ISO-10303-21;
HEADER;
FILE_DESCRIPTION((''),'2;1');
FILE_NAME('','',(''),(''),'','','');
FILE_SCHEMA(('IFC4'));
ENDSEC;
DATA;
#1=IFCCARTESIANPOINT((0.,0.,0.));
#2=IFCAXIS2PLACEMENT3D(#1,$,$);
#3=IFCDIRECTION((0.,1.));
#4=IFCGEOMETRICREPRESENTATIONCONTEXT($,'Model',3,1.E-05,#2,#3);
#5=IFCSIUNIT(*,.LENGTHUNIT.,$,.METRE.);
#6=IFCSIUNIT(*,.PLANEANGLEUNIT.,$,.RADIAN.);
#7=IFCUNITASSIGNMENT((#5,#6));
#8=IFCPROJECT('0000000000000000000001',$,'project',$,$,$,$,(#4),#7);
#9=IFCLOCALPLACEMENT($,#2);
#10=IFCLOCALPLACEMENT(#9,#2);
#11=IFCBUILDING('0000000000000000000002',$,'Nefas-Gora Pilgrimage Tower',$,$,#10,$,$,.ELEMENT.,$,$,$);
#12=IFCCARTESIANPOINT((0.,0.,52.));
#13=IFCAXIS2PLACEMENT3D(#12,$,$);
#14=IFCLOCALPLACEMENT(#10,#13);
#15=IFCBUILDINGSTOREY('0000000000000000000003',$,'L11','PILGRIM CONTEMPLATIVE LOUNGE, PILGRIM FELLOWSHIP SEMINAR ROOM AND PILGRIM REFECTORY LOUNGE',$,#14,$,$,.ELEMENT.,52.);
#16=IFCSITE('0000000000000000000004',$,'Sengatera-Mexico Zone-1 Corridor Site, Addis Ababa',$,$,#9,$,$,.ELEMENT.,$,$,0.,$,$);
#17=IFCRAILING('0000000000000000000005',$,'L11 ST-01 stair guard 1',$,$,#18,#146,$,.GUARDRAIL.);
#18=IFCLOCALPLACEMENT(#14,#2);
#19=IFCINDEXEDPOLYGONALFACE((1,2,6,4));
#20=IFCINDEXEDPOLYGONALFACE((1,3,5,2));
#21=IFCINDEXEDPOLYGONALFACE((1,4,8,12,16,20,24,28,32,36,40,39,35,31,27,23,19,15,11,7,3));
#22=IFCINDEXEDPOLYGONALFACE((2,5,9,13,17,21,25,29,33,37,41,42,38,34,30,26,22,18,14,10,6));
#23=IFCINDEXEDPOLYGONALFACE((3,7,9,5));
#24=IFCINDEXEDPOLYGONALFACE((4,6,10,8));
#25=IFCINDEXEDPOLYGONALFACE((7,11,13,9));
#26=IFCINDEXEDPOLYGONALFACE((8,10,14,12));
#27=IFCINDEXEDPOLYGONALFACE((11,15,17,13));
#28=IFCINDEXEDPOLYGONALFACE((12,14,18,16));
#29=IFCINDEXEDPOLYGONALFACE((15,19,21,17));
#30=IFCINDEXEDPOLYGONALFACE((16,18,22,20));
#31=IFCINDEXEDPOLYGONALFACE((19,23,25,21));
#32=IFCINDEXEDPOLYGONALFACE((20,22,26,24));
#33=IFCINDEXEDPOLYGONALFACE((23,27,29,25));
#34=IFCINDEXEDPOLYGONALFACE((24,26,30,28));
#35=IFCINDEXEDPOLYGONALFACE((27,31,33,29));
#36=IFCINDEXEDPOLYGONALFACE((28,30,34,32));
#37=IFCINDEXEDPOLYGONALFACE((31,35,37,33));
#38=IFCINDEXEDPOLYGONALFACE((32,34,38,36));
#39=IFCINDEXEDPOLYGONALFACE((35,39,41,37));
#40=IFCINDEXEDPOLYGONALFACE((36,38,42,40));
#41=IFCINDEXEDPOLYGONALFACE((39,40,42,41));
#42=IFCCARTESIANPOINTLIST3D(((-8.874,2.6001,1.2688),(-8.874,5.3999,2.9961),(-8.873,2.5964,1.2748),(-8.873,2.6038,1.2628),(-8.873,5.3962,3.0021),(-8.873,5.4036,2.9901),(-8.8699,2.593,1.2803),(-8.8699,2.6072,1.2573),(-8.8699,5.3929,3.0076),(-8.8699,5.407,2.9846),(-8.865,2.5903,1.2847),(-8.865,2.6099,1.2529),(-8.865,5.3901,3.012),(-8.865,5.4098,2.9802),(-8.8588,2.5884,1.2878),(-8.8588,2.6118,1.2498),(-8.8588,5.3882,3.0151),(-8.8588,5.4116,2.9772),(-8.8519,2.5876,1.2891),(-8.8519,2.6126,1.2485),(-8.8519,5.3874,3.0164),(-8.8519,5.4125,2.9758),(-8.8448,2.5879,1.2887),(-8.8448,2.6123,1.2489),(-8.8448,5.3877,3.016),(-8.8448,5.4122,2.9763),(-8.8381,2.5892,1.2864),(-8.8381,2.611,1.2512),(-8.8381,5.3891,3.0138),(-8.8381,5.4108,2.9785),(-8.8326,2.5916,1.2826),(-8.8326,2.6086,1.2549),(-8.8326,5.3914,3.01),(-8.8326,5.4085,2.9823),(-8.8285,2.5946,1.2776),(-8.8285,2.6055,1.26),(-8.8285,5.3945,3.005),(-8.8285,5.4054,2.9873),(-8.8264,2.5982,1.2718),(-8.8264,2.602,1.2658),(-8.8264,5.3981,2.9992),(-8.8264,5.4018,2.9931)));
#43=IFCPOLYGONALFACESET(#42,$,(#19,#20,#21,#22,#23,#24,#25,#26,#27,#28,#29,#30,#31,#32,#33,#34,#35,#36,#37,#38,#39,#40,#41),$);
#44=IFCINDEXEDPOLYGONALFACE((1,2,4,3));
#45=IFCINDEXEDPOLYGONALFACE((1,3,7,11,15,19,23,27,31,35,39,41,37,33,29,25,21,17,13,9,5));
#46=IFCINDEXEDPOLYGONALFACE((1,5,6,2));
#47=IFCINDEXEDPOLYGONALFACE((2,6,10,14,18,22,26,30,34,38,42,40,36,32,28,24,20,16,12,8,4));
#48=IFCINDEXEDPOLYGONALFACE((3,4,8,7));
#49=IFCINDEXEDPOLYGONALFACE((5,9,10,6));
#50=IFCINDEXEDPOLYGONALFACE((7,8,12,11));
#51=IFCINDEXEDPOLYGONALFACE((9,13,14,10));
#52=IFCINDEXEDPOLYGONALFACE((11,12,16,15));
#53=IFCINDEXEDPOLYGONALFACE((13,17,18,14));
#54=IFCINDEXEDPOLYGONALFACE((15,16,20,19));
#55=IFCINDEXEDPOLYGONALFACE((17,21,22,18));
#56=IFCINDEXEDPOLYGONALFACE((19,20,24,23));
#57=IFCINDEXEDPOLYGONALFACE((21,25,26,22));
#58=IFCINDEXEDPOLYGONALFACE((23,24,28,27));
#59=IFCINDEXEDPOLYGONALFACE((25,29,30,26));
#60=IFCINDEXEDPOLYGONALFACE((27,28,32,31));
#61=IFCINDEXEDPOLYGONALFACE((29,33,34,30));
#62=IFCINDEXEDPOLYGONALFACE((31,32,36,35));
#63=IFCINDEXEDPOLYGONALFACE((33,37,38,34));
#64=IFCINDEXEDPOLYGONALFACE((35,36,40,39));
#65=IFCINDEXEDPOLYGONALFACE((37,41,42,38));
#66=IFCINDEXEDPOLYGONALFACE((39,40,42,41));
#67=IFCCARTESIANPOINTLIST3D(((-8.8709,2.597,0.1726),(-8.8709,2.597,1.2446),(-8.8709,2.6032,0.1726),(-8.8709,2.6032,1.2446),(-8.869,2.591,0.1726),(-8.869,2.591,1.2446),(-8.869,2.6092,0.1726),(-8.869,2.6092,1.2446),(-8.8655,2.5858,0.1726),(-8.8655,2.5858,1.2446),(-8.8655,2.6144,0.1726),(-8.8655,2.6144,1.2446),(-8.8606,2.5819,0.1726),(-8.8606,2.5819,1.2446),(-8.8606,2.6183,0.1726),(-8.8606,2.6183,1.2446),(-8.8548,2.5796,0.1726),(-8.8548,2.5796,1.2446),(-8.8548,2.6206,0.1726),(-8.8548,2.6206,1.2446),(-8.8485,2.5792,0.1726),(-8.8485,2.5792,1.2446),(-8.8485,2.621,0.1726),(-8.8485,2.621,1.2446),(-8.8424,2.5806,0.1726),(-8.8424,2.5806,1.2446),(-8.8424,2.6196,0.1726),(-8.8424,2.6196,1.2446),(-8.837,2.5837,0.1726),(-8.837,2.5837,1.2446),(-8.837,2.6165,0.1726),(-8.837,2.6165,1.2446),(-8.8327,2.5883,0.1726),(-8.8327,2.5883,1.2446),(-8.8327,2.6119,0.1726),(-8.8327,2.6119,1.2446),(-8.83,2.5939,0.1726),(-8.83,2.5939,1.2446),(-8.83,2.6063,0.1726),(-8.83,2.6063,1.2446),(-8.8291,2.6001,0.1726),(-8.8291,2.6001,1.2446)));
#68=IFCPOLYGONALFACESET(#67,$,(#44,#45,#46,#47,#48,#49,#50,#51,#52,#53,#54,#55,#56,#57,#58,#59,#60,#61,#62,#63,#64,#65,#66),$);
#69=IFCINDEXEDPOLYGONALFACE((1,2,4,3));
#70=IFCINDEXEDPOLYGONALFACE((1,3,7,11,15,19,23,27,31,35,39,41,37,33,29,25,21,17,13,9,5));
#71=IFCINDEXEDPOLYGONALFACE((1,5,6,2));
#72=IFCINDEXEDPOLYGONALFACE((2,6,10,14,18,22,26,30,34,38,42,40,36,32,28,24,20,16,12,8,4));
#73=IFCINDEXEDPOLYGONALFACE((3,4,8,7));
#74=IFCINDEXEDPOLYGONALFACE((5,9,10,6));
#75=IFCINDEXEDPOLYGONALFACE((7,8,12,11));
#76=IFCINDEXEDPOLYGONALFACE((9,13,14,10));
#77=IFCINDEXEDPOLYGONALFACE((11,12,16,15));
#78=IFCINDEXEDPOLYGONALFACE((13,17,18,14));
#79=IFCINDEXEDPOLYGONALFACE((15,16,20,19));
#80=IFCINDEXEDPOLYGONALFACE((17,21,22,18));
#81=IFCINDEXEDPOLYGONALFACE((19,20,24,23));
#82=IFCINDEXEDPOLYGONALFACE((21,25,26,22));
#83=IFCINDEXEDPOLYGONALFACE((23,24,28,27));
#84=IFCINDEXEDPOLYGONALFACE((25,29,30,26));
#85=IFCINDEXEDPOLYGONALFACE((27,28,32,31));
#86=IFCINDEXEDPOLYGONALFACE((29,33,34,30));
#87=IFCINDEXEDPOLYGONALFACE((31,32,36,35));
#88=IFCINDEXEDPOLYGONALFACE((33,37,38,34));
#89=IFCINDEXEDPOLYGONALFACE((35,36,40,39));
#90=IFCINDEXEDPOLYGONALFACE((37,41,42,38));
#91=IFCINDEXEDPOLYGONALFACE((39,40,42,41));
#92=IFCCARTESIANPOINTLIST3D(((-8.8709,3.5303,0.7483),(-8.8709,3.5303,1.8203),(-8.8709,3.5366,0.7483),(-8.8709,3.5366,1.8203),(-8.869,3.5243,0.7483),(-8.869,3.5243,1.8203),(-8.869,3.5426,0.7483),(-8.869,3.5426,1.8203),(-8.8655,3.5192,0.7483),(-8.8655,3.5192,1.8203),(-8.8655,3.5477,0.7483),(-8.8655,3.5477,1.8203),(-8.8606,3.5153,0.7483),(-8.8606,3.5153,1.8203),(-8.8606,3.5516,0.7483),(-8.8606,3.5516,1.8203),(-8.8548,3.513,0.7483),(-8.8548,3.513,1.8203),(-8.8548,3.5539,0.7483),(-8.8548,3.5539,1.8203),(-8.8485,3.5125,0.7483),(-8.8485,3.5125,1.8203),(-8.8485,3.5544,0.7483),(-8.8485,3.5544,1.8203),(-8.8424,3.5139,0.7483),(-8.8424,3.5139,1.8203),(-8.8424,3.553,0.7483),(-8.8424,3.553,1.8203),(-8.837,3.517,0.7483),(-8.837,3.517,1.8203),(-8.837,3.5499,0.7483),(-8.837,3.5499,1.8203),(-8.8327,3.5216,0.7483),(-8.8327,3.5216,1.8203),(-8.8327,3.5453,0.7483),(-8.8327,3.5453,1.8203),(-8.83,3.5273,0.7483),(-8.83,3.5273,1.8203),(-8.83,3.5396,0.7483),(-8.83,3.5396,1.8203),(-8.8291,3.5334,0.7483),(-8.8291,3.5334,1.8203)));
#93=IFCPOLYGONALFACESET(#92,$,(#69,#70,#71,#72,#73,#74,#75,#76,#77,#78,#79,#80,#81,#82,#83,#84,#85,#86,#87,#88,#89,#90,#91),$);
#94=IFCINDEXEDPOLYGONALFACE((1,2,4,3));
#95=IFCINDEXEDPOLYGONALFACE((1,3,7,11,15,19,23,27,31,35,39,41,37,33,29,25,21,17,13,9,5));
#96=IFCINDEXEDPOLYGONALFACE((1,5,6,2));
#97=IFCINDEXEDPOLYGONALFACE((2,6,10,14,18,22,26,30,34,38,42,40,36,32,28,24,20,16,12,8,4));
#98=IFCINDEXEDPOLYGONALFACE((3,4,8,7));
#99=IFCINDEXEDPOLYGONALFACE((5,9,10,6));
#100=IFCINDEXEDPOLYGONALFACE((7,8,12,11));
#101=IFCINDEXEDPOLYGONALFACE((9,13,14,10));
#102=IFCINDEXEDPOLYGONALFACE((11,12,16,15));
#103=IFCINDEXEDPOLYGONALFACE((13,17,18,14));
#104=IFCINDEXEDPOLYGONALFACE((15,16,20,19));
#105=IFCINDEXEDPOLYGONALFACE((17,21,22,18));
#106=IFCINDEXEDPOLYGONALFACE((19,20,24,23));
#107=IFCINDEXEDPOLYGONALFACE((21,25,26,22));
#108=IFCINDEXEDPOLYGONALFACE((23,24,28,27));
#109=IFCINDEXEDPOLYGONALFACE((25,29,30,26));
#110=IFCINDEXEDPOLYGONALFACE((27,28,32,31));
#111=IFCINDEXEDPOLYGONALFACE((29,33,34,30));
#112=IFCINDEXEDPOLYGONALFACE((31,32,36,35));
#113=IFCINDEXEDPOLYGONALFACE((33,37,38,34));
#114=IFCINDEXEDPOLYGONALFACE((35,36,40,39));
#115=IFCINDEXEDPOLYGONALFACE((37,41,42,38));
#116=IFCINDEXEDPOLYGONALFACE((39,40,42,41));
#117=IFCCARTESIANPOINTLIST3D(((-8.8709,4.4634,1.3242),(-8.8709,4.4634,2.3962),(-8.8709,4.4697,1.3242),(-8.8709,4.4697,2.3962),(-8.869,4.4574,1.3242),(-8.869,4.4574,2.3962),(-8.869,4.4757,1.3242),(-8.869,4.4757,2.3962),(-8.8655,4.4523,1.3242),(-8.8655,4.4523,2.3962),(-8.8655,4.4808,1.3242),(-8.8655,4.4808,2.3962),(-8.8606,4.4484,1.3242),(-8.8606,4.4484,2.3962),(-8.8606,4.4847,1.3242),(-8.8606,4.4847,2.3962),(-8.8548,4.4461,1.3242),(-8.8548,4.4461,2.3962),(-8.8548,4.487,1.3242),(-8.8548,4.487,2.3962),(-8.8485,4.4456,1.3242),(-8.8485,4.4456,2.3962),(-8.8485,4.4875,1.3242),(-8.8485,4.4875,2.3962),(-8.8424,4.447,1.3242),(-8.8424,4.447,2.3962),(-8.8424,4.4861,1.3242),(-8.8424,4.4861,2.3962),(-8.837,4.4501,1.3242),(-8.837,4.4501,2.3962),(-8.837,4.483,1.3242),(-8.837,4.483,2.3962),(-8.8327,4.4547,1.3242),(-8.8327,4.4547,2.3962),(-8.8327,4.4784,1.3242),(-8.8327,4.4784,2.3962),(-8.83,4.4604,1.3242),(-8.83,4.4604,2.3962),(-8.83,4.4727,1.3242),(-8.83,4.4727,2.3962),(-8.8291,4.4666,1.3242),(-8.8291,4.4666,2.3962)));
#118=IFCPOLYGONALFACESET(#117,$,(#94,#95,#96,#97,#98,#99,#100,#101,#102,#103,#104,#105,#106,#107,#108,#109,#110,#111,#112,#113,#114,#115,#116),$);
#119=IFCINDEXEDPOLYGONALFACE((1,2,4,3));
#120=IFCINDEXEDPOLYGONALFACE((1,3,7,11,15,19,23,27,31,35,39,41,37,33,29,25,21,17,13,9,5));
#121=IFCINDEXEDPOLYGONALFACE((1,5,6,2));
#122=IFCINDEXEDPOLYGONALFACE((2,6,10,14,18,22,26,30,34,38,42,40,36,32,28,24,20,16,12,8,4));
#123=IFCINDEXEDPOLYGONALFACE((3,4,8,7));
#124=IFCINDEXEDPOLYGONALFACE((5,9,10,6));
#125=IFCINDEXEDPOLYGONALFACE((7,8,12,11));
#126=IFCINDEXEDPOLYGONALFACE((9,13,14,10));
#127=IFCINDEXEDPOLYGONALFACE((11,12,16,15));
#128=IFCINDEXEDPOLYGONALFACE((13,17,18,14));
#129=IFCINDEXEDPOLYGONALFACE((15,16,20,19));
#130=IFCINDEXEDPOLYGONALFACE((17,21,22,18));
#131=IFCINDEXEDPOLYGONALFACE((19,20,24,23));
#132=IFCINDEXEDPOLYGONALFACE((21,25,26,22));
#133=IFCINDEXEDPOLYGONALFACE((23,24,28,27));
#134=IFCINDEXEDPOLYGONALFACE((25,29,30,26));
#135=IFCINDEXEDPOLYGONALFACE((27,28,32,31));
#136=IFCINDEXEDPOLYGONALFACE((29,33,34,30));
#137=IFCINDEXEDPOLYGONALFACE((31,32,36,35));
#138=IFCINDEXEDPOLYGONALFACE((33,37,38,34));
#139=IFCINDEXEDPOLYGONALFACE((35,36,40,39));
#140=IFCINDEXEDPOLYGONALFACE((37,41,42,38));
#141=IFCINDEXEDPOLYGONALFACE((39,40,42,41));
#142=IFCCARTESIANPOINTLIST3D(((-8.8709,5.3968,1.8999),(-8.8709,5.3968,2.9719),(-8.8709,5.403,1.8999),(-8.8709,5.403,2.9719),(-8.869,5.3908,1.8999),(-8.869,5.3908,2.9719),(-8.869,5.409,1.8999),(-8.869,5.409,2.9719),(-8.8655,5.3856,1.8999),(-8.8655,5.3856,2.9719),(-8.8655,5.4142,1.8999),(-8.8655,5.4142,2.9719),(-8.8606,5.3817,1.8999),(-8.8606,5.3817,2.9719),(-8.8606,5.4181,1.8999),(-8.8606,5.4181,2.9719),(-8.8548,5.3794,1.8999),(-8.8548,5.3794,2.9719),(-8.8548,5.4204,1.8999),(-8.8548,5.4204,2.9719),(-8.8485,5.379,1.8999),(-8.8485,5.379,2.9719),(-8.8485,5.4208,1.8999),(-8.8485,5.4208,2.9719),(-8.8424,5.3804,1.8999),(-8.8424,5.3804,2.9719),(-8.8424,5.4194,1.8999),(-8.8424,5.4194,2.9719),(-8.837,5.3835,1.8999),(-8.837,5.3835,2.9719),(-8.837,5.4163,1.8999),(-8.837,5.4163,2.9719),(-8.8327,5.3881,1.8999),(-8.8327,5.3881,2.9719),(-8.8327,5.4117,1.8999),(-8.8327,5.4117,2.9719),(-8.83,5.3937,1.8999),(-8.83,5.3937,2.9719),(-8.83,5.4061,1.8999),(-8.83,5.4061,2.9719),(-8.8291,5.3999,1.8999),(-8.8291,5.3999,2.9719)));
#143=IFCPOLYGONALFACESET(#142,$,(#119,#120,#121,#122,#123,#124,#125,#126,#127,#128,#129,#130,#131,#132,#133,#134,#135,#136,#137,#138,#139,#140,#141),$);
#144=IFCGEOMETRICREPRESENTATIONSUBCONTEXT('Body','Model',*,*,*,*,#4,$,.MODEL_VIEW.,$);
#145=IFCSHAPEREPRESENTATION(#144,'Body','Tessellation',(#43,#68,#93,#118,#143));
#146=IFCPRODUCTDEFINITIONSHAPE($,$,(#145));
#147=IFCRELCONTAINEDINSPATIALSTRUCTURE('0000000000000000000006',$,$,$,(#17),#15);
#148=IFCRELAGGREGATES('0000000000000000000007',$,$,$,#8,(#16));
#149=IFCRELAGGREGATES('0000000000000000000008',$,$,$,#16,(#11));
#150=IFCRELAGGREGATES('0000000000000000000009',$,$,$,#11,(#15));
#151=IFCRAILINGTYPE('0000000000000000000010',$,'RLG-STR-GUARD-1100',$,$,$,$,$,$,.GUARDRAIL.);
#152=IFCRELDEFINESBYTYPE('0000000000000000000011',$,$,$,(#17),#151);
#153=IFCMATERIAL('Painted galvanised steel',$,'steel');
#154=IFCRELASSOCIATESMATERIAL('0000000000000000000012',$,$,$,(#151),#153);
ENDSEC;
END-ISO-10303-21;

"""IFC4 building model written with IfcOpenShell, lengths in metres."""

from ifc_helpers import new_model, si_unit, direction, frame, origin, origin_2d, place, context, subcontext, project, spatial, circle, extrude, material, type_object, element, save


model = new_model("IFC4")

# Units and contexts
model_context = context("Model", 3, precision=1e-05, world=origin(), true_north=direction((0.0, 1.0)))
body_context = subcontext(model_context, "Body", "Model", "MODEL_VIEW")
ifc_project = project(units=[si_unit("LENGTHUNIT", "METRE"), si_unit("PLANEANGLEUNIT", "RADIAN")], contexts=[model_context])

# Site, building, storey
site_placement = place(None, origin())
site = spatial("IfcSite", under=ifc_project, at=site_placement, Name="Sengatera-Mexico Zone-1 Corridor Site, Addis Ababa", CompositionType="ELEMENT", RefElevation=0.0)
building_placement = place(site_placement, origin())
building = spatial("IfcBuilding", under=site, at=building_placement, Name="Nefas-Gora Pilgrimage Tower", CompositionType="ELEMENT")
storey_placement = place(building_placement, frame((0.0, 0.0, 52.0)))
storey = spatial("IfcBuildingStorey", under=building, at=storey_placement, Name="L11", Description="PILGRIM CONTEMPLATIVE LOUNGE, PILGRIM FELLOWSHIP SEMINAR ROOM AND PILGRIM REFECTORY LOUNGE", CompositionType="ELEMENT", Elevation=52.0)

# Railing
ifc_material_1 = material(Name="Painted galvanised steel", Category="steel")
railing_type_1 = type_object("IfcRailingType", Name="RLG-STR-GUARD-1100", PredefinedType="GUARDRAIL", material=ifc_material_1)
railing_1_placement = place(storey_placement, frame((-8.8501, 2.6001, 0.1726)))
element("IfcRailing", 1, at=railing_1_placement, inside=storey, type_object=railing_type_1, Name="L11 ST-01 stair guard 1", PredefinedType="GUARDRAIL", context=body_context, shape_type="SweptSolid", body=[
    extrude(circle(Radius=0.0239, at=origin_2d()), frame((0.0, 0.0, 1.0962), z_axis=(0.0, 0.851069, 0.525054), x_axis=(-1.0, 0.0, 0.0)), (0.0, 0.0, 1.0), 3.2898),
    extrude(circle(Radius=0.021, at=origin_2d()), origin(), (0.0, 0.0, 1.0), 1.072),
    extrude(circle(Radius=0.021, at=origin_2d()), frame((0.0, 0.9333, 0.5757)), (0.0, 0.0, 1.0), 1.072),
    extrude(circle(Radius=0.021, at=origin_2d()), frame((0.0, 1.8665, 1.1516)), (0.0, 0.0, 1.0), 1.072),
    extrude(circle(Radius=0.021, at=origin_2d()), frame((0.0, 2.7998, 1.7273)), (0.0, 0.0, 1.0), 1.072),
])

save(model, "model.ifc")
